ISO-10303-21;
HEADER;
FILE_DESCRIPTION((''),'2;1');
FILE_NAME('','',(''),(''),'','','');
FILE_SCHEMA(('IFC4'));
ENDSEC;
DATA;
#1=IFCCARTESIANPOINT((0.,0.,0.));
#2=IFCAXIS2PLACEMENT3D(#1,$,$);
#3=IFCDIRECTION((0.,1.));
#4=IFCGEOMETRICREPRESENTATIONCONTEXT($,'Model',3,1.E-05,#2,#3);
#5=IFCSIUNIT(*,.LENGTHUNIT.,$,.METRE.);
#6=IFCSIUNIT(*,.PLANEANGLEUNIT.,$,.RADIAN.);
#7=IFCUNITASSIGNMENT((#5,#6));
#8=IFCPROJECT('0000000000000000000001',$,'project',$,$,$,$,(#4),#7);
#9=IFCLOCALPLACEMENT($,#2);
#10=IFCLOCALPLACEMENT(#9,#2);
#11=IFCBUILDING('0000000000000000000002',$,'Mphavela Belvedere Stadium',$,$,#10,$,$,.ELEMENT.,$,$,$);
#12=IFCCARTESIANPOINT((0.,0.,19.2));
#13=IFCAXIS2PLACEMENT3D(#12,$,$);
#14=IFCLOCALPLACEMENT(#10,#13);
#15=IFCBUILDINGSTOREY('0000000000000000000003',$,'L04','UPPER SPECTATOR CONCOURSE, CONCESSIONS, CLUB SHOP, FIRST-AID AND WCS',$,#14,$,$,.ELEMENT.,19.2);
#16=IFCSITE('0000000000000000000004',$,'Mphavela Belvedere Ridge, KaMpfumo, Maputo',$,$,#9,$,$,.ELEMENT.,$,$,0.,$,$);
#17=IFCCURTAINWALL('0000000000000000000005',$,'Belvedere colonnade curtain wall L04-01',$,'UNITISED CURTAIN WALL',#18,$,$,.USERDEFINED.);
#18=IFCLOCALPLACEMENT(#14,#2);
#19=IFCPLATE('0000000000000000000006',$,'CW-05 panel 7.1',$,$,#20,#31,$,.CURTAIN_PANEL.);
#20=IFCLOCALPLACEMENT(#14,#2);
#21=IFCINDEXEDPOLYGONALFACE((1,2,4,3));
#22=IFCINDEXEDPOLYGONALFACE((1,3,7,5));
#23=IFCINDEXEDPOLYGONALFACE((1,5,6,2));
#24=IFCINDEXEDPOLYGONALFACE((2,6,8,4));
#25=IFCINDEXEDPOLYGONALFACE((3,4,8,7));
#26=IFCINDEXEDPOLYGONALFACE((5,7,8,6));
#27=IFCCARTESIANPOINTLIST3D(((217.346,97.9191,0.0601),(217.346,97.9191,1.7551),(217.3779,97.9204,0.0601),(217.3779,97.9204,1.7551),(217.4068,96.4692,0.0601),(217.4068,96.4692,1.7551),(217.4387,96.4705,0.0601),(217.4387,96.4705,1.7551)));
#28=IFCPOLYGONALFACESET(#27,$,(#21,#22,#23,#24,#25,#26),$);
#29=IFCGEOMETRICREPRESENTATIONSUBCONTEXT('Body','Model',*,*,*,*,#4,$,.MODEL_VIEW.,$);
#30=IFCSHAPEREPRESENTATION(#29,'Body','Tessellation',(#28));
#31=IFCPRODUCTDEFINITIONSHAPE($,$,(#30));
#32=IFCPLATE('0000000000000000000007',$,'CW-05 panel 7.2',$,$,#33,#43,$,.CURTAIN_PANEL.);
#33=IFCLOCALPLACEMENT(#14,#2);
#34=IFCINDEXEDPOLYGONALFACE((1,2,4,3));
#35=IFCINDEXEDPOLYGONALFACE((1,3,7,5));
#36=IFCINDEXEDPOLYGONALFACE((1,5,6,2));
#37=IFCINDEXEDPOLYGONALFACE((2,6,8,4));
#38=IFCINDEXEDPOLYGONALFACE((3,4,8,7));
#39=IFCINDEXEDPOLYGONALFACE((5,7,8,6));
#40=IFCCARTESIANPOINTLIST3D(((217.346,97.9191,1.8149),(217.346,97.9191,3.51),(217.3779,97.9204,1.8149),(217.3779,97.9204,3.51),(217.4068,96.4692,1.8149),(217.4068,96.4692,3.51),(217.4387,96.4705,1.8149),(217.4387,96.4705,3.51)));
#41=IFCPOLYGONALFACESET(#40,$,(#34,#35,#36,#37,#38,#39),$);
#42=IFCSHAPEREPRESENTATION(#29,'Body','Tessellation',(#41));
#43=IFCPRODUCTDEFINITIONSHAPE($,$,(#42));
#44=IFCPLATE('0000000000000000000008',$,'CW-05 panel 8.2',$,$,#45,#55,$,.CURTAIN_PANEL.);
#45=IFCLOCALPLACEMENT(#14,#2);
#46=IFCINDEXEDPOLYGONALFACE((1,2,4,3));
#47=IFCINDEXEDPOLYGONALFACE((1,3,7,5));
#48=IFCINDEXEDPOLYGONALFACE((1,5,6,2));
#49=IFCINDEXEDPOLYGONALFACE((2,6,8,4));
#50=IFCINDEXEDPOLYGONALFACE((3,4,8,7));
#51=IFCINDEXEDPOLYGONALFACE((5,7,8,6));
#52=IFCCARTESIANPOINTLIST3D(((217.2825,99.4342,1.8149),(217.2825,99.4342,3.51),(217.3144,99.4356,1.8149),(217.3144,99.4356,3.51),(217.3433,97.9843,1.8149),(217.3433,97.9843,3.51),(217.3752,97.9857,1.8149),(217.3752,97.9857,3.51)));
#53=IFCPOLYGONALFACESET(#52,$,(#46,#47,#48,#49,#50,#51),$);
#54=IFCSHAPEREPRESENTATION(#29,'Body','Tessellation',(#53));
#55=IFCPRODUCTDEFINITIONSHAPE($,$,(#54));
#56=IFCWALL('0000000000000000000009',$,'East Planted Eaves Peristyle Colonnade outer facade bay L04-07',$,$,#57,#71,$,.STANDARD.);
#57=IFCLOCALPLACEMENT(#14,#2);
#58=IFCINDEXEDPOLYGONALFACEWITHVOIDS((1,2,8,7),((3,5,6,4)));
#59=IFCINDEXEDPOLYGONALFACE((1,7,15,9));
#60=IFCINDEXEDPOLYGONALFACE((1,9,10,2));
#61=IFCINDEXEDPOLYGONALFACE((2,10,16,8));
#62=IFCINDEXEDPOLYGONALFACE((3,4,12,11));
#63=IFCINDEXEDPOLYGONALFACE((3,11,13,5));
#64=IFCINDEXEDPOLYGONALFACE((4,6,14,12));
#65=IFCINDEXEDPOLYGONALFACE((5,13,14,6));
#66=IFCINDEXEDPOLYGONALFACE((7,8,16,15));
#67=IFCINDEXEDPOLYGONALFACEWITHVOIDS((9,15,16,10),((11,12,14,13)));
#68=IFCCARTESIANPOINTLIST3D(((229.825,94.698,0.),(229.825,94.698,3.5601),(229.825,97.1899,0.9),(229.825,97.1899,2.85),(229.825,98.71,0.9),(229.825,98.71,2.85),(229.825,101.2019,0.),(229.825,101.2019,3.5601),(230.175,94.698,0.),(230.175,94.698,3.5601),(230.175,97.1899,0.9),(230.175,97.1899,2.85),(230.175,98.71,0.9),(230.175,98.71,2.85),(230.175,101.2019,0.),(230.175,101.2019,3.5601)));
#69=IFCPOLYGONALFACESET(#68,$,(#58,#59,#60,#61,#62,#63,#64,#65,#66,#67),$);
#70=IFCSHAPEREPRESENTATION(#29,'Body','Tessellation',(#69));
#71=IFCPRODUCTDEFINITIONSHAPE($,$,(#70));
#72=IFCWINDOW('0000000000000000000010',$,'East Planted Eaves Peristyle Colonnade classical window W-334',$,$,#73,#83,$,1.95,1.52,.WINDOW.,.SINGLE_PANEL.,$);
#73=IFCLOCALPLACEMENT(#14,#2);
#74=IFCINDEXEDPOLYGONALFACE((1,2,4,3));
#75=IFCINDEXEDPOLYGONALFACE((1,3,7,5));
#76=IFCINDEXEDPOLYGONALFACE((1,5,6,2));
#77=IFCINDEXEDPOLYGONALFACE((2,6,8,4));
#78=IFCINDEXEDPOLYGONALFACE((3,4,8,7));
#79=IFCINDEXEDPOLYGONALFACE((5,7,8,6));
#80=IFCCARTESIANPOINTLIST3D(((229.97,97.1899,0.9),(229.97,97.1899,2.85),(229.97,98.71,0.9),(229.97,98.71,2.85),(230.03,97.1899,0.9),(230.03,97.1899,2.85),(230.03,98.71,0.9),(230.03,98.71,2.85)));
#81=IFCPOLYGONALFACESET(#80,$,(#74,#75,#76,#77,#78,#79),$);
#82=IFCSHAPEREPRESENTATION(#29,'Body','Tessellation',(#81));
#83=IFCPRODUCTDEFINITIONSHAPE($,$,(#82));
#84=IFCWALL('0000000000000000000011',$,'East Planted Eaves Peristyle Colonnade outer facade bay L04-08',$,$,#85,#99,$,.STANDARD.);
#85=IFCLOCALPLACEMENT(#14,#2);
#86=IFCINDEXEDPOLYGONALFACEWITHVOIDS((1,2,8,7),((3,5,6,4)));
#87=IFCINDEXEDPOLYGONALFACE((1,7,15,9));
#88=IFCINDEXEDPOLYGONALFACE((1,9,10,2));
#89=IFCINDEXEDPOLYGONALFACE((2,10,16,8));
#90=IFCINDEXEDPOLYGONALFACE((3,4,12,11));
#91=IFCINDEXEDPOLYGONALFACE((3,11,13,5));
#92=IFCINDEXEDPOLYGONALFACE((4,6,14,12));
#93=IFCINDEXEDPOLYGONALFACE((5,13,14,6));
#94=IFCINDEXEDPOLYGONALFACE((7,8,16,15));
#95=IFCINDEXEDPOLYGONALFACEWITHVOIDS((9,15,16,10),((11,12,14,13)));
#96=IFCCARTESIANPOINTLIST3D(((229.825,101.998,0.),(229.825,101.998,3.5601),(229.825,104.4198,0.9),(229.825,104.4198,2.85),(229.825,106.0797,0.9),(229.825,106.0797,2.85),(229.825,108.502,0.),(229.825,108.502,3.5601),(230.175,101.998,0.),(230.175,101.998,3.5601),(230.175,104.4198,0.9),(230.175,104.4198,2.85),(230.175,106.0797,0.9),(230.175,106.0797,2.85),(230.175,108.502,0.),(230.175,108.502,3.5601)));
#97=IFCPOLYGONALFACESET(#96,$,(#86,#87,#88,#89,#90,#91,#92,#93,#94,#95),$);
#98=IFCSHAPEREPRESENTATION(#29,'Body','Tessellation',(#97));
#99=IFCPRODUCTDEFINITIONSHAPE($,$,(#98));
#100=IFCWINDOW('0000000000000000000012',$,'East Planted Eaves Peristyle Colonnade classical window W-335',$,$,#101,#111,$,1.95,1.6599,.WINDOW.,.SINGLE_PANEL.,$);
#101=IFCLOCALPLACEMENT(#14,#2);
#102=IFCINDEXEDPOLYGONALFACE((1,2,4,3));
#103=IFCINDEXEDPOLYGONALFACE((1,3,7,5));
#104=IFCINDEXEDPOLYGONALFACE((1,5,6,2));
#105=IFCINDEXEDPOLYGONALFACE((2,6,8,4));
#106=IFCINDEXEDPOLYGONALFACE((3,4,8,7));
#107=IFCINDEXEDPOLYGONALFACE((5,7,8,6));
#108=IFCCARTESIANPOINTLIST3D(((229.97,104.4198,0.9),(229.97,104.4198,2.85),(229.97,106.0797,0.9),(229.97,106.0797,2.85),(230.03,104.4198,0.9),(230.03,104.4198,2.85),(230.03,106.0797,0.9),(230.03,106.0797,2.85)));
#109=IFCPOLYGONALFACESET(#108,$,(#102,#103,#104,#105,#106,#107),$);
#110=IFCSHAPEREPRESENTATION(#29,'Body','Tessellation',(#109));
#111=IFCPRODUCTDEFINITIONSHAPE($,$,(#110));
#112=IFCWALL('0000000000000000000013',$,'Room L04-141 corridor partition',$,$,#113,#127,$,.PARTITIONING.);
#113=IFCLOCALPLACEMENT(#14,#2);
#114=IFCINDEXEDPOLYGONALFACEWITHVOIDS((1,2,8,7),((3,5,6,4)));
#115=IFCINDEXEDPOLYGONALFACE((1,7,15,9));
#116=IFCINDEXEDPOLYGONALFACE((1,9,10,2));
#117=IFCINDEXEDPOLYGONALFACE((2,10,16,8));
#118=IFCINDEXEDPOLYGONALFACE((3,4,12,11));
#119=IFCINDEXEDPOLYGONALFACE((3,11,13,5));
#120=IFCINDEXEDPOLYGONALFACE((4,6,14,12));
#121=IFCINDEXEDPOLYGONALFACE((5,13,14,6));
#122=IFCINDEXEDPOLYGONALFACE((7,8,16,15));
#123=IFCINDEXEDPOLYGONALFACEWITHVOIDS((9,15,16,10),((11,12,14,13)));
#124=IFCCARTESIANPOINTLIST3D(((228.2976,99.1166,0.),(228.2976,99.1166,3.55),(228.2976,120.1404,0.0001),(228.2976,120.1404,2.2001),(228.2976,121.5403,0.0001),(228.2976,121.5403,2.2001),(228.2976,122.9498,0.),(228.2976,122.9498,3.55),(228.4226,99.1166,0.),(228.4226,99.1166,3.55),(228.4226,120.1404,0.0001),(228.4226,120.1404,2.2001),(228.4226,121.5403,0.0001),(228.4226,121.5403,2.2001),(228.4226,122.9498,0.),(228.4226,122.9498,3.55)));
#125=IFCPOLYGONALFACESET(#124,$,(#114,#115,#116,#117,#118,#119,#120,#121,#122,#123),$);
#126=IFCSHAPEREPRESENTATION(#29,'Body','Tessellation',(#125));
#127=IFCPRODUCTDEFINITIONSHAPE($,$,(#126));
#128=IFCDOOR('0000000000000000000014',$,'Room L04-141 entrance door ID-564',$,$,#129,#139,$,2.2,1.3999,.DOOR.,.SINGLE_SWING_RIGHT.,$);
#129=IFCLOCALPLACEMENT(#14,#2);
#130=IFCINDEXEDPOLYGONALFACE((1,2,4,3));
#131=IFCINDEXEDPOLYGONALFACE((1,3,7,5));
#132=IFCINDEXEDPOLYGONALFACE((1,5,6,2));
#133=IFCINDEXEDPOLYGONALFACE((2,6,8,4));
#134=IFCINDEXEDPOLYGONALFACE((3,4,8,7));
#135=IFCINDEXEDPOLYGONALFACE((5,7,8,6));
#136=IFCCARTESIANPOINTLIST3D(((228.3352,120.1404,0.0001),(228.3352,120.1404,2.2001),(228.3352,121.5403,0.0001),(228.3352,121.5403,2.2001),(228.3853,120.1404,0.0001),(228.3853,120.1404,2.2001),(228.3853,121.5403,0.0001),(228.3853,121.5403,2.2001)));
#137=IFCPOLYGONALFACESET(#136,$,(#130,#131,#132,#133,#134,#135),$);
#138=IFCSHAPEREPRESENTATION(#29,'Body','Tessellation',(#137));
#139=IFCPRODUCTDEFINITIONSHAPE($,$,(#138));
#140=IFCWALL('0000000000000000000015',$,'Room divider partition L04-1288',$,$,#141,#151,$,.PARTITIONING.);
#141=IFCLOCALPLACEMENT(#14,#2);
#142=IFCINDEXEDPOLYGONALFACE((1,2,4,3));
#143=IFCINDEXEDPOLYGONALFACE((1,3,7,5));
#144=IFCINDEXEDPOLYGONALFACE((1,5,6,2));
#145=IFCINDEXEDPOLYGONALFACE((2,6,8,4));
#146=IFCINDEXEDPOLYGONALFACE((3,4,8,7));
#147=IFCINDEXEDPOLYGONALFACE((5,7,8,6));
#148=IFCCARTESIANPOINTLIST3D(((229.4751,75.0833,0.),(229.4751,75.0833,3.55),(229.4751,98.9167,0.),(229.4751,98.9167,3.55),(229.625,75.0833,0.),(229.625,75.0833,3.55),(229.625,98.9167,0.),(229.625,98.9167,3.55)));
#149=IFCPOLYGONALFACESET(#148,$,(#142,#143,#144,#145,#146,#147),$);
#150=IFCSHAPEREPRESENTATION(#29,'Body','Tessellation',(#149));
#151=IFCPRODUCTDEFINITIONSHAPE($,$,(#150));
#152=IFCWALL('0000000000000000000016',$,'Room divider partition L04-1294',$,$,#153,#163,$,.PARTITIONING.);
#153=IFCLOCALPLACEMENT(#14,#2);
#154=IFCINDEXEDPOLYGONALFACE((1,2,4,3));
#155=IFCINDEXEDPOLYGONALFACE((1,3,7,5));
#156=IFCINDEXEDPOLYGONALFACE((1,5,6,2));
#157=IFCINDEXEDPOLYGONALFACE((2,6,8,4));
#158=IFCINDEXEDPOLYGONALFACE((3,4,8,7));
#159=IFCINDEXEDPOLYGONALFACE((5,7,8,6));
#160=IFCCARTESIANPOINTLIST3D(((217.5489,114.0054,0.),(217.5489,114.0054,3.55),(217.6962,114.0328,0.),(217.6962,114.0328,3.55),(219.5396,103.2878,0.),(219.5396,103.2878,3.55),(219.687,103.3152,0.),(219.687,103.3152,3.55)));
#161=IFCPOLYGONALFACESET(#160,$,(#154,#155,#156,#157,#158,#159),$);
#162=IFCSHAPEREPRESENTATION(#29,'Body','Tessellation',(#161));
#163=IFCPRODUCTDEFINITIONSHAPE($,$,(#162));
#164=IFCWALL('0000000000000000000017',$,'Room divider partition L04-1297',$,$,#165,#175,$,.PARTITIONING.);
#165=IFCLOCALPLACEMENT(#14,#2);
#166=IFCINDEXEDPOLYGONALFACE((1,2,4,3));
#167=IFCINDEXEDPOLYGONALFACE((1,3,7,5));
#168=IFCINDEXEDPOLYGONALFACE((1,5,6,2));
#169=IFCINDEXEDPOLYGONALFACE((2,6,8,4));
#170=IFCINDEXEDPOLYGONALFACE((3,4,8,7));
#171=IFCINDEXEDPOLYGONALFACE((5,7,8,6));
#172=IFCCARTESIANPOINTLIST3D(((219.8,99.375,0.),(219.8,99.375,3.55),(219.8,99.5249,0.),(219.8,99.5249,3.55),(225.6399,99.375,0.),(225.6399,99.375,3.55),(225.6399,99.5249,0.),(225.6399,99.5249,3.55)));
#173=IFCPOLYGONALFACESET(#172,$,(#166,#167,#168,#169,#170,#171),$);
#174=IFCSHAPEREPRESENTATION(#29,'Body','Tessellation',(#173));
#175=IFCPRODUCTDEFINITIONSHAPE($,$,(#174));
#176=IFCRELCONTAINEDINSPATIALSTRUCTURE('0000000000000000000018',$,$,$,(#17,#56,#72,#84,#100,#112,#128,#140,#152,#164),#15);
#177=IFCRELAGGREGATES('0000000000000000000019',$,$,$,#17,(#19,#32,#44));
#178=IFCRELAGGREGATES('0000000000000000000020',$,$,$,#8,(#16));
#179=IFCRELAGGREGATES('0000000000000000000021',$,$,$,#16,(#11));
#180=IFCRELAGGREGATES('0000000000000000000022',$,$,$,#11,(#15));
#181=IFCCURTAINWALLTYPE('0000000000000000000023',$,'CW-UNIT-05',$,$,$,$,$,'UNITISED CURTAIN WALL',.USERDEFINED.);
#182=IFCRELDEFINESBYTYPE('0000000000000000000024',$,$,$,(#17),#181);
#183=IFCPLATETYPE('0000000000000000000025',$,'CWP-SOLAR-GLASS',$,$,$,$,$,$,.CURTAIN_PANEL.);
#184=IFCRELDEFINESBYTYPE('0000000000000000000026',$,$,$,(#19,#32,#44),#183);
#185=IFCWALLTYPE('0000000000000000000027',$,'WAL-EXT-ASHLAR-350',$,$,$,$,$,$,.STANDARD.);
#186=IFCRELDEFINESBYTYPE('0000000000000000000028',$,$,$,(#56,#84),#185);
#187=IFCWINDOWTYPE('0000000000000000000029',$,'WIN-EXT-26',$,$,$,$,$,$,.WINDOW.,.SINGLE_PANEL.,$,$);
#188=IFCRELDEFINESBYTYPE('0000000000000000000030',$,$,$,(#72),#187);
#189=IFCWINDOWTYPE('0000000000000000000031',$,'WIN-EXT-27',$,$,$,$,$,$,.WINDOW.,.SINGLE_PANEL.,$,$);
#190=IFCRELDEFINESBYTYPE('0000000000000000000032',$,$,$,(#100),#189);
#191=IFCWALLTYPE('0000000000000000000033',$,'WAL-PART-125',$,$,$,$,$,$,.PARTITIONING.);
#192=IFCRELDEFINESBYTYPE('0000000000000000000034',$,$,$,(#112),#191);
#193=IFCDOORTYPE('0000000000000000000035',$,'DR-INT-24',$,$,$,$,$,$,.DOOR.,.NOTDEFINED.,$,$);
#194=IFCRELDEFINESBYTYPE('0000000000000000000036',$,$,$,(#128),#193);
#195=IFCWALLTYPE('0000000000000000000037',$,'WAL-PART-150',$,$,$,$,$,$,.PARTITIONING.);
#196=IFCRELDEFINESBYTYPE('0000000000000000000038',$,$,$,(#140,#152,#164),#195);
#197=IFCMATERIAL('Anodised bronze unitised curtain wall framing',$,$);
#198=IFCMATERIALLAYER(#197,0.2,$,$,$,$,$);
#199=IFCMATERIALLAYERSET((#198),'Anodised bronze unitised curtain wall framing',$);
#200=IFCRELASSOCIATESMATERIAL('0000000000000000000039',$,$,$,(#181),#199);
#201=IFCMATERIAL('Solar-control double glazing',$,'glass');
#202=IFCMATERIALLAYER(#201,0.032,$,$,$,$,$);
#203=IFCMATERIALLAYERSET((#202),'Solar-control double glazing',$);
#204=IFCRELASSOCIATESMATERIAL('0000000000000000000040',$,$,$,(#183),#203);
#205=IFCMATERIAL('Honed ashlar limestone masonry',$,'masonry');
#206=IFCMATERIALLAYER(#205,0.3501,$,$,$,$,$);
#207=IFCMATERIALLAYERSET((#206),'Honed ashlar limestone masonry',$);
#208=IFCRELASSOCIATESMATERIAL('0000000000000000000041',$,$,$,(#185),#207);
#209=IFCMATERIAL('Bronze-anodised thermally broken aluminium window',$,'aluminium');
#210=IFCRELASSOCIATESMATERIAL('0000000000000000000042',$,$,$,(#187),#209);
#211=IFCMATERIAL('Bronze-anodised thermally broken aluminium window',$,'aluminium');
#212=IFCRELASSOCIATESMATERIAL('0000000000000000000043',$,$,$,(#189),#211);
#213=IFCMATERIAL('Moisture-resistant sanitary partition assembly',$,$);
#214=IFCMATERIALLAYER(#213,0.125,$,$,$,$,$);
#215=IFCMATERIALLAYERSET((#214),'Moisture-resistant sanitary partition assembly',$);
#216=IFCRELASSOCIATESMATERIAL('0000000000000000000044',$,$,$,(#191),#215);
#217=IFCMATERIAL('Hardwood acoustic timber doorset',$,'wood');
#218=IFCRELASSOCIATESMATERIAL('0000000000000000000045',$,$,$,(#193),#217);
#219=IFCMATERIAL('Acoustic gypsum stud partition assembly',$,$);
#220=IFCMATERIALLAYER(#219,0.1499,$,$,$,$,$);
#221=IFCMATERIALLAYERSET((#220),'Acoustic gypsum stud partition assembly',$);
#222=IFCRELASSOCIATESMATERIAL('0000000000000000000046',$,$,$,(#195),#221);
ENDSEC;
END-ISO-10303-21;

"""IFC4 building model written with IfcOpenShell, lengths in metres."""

from ifc_helpers import new_model, si_unit, direction, frame, frame_2d, origin, origin_2d, place, context, subcontext, project, spatial, rectangle, extrude, material, layer, layer_set, type_object, element, fill, aggregate, save


model = new_model("IFC4")

# Units and contexts
model_context = context("Model", 3, precision=1e-05, world=origin(), true_north=direction((0.0, 1.0)))
body_context = subcontext(model_context, "Body", "Model", "MODEL_VIEW")
ifc_project = project(units=[si_unit("LENGTHUNIT", "METRE"), si_unit("PLANEANGLEUNIT", "RADIAN")], contexts=[model_context])

# Site, building, storey
site_placement = place(None, origin())
site = spatial("IfcSite", under=ifc_project, at=site_placement, Name="Mphavela Belvedere Ridge, KaMpfumo, Maputo", CompositionType="ELEMENT", RefElevation=0.0)
building_placement = place(site_placement, origin())
building = spatial("IfcBuilding", under=site, at=building_placement, Name="Mphavela Belvedere Stadium", CompositionType="ELEMENT")
storey_placement = place(building_placement, frame((0.0, 0.0, 19.2)))
storey = spatial("IfcBuildingStorey", under=building, at=storey_placement, Name="L04", Description="UPPER SPECTATOR CONCOURSE, CONCESSIONS, CLUB SHOP, FIRST-AID AND WCS", CompositionType="ELEMENT", Elevation=19.2)

# Curtain wall, plates
ifc_material_1 = material(Name="Anodised bronze unitised curtain wall framing")
ifc_layer_1 = layer(ifc_material_1, 0.2)
ifc_layer_set_1 = layer_set([ifc_layer_1], Name="Anodised bronze unitised curtain wall framing")
curtain_wall_type = type_object("IfcCurtainWallType", Name="CW-UNIT-05", ElementType="UNITISED CURTAIN WALL", PredefinedType="USERDEFINED", material=ifc_layer_set_1)
curtain_wall_placement = place(storey_placement, origin())
curtain_wall = element("IfcCurtainWall", 1, at=curtain_wall_placement, inside=storey, type_object=curtain_wall_type, Name="Belvedere colonnade curtain wall L04-01", ObjectType="UNITISED CURTAIN WALL", PredefinedType="USERDEFINED")
ifc_material_2 = material(Name="Solar-control double glazing", Category="glass")
ifc_layer_2 = layer(ifc_material_2, 0.032)
ifc_layer_set_2 = layer_set([ifc_layer_2], Name="Solar-control double glazing")
plate_type = type_object("IfcPlateType", Name="CWP-SOLAR-GLASS", PredefinedType="CURTAIN_PANEL", material=ifc_layer_set_2)
plate_1_placement = place(storey_placement, frame((217.3923, 97.1948, 0.0601), z_axis=(0.0, 0.0, 1.0), x_axis=(-0.041905, 0.999122, 0.0)))
plate_1 = element("IfcPlate", 2, at=plate_1_placement, type_object=plate_type, Name="CW-05 panel 7.1", PredefinedType="CURTAIN_PANEL", context=body_context, shape_type="SweptSolid", body=[
    extrude(rectangle(XDim=1.4512, YDim=0.032, at=origin_2d()), origin(), (0.0, 0.0, 1.0), 1.6951),
])
plate_2_placement = place(storey_placement, frame((217.3923, 97.1948, 1.8149), z_axis=(0.0, 0.0, 1.0), x_axis=(-0.041905, 0.999122, 0.0)))
plate_2 = element("IfcPlate", 3, at=plate_2_placement, type_object=plate_type, Name="CW-05 panel 7.2", PredefinedType="CURTAIN_PANEL", context=body_context, shape_type="SweptSolid", body=[
    extrude(rectangle(XDim=1.4512, YDim=0.032, at=origin_2d()), origin(), (0.0, 0.0, 1.0), 1.6951),
])
plate_3_placement = place(storey_placement, frame((217.3289, 98.71, 1.8149), z_axis=(0.0, 0.0, 1.0), x_axis=(-0.041905, 0.999122, 0.0)))
plate_3 = element("IfcPlate", 4, at=plate_3_placement, type_object=plate_type, Name="CW-05 panel 8.2", PredefinedType="CURTAIN_PANEL", context=body_context, shape_type="SweptSolid", body=[
    extrude(rectangle(XDim=1.4512, YDim=0.032, at=origin_2d()), origin(), (0.0, 0.0, 1.0), 1.6951),
])
aggregate(curtain_wall, [plate_1, plate_2, plate_3])

# Walls, openings, windows
ifc_material_3 = material(Name="Honed ashlar limestone masonry", Category="masonry")
ifc_layer_3 = layer(ifc_material_3, 0.3501)
ifc_layer_set_3 = layer_set([ifc_layer_3], Name="Honed ashlar limestone masonry")
wall_type_1 = type_object("IfcWallType", Name="WAL-EXT-ASHLAR-350", PredefinedType="STANDARD", material=ifc_layer_set_3)
wall_1_placement = place(storey_placement, frame((230.0, 101.2019, 0.0), z_axis=(0.0, 0.0, 1.0), x_axis=(0.0, -1.0, 0.0)))
wall_1 = element("IfcWall", 5, at=wall_1_placement, inside=storey, type_object=wall_type_1, Name="East Planted Eaves Peristyle Colonnade outer facade bay L04-07", PredefinedType="STANDARD", context=body_context, shape_type="SweptSolid", body=[
    extrude(rectangle(XDim=6.5039, YDim=0.3501, at=frame_2d((3.252, 0.0))), origin(), (0.0, 0.0, 1.0), 3.5601),
])
opening_1_placement = place(wall_1_placement, frame((2.4919, 0.0, 0.8999)))
opening_1 = element("IfcOpeningElement", 6, at=opening_1_placement, cuts=wall_1, PredefinedType="OPENING", context=body_context, shape_type="SweptSolid", body=[
    extrude(rectangle(XDim=1.52, YDim=1.95, at=frame_2d((0.76, 0.9751))), frame((0.0, 0.1851, 0.0), z_axis=(0.0, -1.0, 0.0), x_axis=(1.0, 0.0, 0.0)), (0.0, 0.0, 1.0), 0.3701),
])
ifc_material_4 = material(Name="Bronze-anodised thermally broken aluminium window", Category="aluminium")
window_type_1 = type_object("IfcWindowType", Name="WIN-EXT-26", PartitioningType="SINGLE_PANEL", PredefinedType="WINDOW", material=ifc_material_4)
window_1_placement = place(opening_1_placement, origin())
window_1 = element("IfcWindow", 7, at=window_1_placement, inside=storey, type_object=window_type_1, Name="East Planted Eaves Peristyle Colonnade classical window W-334", OverallHeight=1.95, OverallWidth=1.52, PartitioningType="SINGLE_PANEL", PredefinedType="WINDOW", context=body_context, shape_type="SweptSolid", body=[
    extrude(rectangle(XDim=1.52, YDim=1.95, at=frame_2d((0.76, 0.9751))), frame((0.0, 0.03, 0.0), z_axis=(0.0, -1.0, 0.0), x_axis=(1.0, 0.0, 0.0)), (0.0, 0.0, 1.0), 0.0601),
])
fill(opening_1, window_1)
wall_2_placement = place(storey_placement, frame((230.0, 108.502, 0.0), z_axis=(0.0, 0.0, 1.0), x_axis=(0.0, -1.0, 0.0)))
wall_2 = element("IfcWall", 8, at=wall_2_placement, inside=storey, type_object=wall_type_1, Name="East Planted Eaves Peristyle Colonnade outer facade bay L04-08", PredefinedType="STANDARD", context=body_context, shape_type="SweptSolid", body=[
    extrude(rectangle(XDim=6.5039, YDim=0.3501, at=frame_2d((3.252, 0.0))), origin(), (0.0, 0.0, 1.0), 3.5601),
])
opening_2_placement = place(wall_2_placement, frame((2.4221, 0.0, 0.8999)))
opening_2 = element("IfcOpeningElement", 9, at=opening_2_placement, cuts=wall_2, PredefinedType="OPENING", context=body_context, shape_type="SweptSolid", body=[
    extrude(rectangle(XDim=1.6599, YDim=1.95, at=frame_2d((0.8301, 0.9751))), frame((0.0, 0.1851, 0.0), z_axis=(0.0, -1.0, 0.0), x_axis=(1.0, 0.0, 0.0)), (0.0, 0.0, 1.0), 0.3701),
])
ifc_material_5 = material(Name="Bronze-anodised thermally broken aluminium window", Category="aluminium")
window_type_2 = type_object("IfcWindowType", Name="WIN-EXT-27", PartitioningType="SINGLE_PANEL", PredefinedType="WINDOW", material=ifc_material_5)
window_2_placement = place(opening_2_placement, origin())
window_2 = element("IfcWindow", 10, at=window_2_placement, inside=storey, type_object=window_type_2, Name="East Planted Eaves Peristyle Colonnade classical window W-335", OverallHeight=1.95, OverallWidth=1.6599, PartitioningType="SINGLE_PANEL", PredefinedType="WINDOW", context=body_context, shape_type="SweptSolid", body=[
    extrude(rectangle(XDim=1.6599, YDim=1.95, at=frame_2d((0.8301, 0.9751))), frame((0.0, 0.03, 0.0), z_axis=(0.0, -1.0, 0.0), x_axis=(1.0, 0.0, 0.0)), (0.0, 0.0, 1.0), 0.0601),
])
fill(opening_2, window_2)

# Wall, opening, door
ifc_material_6 = material(Name="Moisture-resistant sanitary partition assembly")
ifc_layer_4 = layer(ifc_material_6, 0.125)
ifc_layer_set_4 = layer_set([ifc_layer_4], Name="Moisture-resistant sanitary partition assembly")
wall_type_2 = type_object("IfcWallType", Name="WAL-PART-125", PredefinedType="PARTITIONING", material=ifc_layer_set_4)
wall_3_placement = place(storey_placement, frame((228.3601, 99.1167, 0.0), z_axis=(0.0, 0.0, 1.0), x_axis=(0.0, 1.0, 0.0)))
wall_3 = element("IfcWall", 11, at=wall_3_placement, inside=storey, type_object=wall_type_2, Name="Room L04-141 corridor partition", PredefinedType="PARTITIONING", context=body_context, shape_type="SweptSolid", body=[
    extrude(rectangle(XDim=23.8333, YDim=0.125, at=frame_2d((11.9165, 0.0))), origin(), (0.0, 0.0, 1.0), 3.55),
])
opening_3_placement = place(wall_3_placement, frame((21.0237, 0.0, 0.0)))
opening_3 = element("IfcOpeningElement", 12, at=opening_3_placement, cuts=wall_3, PredefinedType="OPENING", context=body_context, shape_type="SweptSolid", body=[
    extrude(rectangle(XDim=1.3999, YDim=2.2, at=frame_2d((0.7, 1.1001))), frame((0.0, 0.0725, 0.0), z_axis=(0.0, -1.0, 0.0), x_axis=(1.0, 0.0, 0.0)), (0.0, 0.0, 1.0), 0.145),
])
ifc_material_7 = material(Name="Hardwood acoustic timber doorset", Category="wood")
door_type = type_object("IfcDoorType", Name="DR-INT-24", OperationType="NOTDEFINED", PredefinedType="DOOR", material=ifc_material_7)
door_placement = place(opening_3_placement, origin())
door = element("IfcDoor", 13, at=door_placement, inside=storey, type_object=door_type, Name="Room L04-141 entrance door ID-564", OperationType="SINGLE_SWING_RIGHT", OverallHeight=2.2, OverallWidth=1.3999, PredefinedType="DOOR", context=body_context, shape_type="SweptSolid", body=[
    extrude(rectangle(XDim=1.3999, YDim=2.2, at=frame_2d((0.7, 1.1001))), frame((0.0, 0.0249, 0.0), z_axis=(0.0, -1.0, 0.0), x_axis=(1.0, 0.0, 0.0)), (0.0, 0.0, 1.0), 0.05),
])
fill(opening_3, door)

# Walls
ifc_material_8 = material(Name="Acoustic gypsum stud partition assembly")
ifc_layer_5 = layer(ifc_material_8, 0.1499)
ifc_layer_set_5 = layer_set([ifc_layer_5], Name="Acoustic gypsum stud partition assembly")
wall_type_3 = type_object("IfcWallType", Name="WAL-PART-150", PredefinedType="PARTITIONING", material=ifc_layer_set_5)
wall_4_placement = place(storey_placement, frame((229.55, 98.9167, 0.0), z_axis=(0.0, 0.0, 1.0), x_axis=(0.0, -1.0, 0.0)))
element("IfcWall", 14, at=wall_4_placement, inside=storey, type_object=wall_type_3, Name="Room divider partition L04-1288", PredefinedType="PARTITIONING", context=body_context, shape_type="SweptSolid", body=[
    extrude(rectangle(XDim=23.8335, YDim=0.1499, at=frame_2d((11.9167, 0.0))), origin(), (0.0, 0.0, 1.0), 3.55),
])
wall_5_placement = place(storey_placement, frame((219.6133, 103.3015, 0.0), z_axis=(0.0, 0.0, 1.0), x_axis=(-0.182621, 0.983183, 0.0)))
element("IfcWall", 15, at=wall_5_placement, inside=storey, type_object=wall_type_3, Name="Room divider partition L04-1294", PredefinedType="PARTITIONING", context=body_context, shape_type="SweptSolid", body=[
    extrude(rectangle(XDim=10.9009, YDim=0.1499, at=frame_2d((5.4504, 0.0))), origin(), (0.0, 0.0, 1.0), 3.55),
])
wall_6_placement = place(storey_placement, frame((225.6399, 99.45, 0.0), z_axis=(0.0, 0.0, 1.0), x_axis=(-1.0, 0.0, 0.0)))
element("IfcWall", 16, at=wall_6_placement, inside=storey, type_object=wall_type_3, Name="Room divider partition L04-1297", PredefinedType="PARTITIONING", context=body_context, shape_type="SweptSolid", body=[
    extrude(rectangle(XDim=5.8398, YDim=0.1499, at=frame_2d((2.9199, 0.0))), origin(), (0.0, 0.0, 1.0), 3.55),
])

save(model, "model.ifc")
